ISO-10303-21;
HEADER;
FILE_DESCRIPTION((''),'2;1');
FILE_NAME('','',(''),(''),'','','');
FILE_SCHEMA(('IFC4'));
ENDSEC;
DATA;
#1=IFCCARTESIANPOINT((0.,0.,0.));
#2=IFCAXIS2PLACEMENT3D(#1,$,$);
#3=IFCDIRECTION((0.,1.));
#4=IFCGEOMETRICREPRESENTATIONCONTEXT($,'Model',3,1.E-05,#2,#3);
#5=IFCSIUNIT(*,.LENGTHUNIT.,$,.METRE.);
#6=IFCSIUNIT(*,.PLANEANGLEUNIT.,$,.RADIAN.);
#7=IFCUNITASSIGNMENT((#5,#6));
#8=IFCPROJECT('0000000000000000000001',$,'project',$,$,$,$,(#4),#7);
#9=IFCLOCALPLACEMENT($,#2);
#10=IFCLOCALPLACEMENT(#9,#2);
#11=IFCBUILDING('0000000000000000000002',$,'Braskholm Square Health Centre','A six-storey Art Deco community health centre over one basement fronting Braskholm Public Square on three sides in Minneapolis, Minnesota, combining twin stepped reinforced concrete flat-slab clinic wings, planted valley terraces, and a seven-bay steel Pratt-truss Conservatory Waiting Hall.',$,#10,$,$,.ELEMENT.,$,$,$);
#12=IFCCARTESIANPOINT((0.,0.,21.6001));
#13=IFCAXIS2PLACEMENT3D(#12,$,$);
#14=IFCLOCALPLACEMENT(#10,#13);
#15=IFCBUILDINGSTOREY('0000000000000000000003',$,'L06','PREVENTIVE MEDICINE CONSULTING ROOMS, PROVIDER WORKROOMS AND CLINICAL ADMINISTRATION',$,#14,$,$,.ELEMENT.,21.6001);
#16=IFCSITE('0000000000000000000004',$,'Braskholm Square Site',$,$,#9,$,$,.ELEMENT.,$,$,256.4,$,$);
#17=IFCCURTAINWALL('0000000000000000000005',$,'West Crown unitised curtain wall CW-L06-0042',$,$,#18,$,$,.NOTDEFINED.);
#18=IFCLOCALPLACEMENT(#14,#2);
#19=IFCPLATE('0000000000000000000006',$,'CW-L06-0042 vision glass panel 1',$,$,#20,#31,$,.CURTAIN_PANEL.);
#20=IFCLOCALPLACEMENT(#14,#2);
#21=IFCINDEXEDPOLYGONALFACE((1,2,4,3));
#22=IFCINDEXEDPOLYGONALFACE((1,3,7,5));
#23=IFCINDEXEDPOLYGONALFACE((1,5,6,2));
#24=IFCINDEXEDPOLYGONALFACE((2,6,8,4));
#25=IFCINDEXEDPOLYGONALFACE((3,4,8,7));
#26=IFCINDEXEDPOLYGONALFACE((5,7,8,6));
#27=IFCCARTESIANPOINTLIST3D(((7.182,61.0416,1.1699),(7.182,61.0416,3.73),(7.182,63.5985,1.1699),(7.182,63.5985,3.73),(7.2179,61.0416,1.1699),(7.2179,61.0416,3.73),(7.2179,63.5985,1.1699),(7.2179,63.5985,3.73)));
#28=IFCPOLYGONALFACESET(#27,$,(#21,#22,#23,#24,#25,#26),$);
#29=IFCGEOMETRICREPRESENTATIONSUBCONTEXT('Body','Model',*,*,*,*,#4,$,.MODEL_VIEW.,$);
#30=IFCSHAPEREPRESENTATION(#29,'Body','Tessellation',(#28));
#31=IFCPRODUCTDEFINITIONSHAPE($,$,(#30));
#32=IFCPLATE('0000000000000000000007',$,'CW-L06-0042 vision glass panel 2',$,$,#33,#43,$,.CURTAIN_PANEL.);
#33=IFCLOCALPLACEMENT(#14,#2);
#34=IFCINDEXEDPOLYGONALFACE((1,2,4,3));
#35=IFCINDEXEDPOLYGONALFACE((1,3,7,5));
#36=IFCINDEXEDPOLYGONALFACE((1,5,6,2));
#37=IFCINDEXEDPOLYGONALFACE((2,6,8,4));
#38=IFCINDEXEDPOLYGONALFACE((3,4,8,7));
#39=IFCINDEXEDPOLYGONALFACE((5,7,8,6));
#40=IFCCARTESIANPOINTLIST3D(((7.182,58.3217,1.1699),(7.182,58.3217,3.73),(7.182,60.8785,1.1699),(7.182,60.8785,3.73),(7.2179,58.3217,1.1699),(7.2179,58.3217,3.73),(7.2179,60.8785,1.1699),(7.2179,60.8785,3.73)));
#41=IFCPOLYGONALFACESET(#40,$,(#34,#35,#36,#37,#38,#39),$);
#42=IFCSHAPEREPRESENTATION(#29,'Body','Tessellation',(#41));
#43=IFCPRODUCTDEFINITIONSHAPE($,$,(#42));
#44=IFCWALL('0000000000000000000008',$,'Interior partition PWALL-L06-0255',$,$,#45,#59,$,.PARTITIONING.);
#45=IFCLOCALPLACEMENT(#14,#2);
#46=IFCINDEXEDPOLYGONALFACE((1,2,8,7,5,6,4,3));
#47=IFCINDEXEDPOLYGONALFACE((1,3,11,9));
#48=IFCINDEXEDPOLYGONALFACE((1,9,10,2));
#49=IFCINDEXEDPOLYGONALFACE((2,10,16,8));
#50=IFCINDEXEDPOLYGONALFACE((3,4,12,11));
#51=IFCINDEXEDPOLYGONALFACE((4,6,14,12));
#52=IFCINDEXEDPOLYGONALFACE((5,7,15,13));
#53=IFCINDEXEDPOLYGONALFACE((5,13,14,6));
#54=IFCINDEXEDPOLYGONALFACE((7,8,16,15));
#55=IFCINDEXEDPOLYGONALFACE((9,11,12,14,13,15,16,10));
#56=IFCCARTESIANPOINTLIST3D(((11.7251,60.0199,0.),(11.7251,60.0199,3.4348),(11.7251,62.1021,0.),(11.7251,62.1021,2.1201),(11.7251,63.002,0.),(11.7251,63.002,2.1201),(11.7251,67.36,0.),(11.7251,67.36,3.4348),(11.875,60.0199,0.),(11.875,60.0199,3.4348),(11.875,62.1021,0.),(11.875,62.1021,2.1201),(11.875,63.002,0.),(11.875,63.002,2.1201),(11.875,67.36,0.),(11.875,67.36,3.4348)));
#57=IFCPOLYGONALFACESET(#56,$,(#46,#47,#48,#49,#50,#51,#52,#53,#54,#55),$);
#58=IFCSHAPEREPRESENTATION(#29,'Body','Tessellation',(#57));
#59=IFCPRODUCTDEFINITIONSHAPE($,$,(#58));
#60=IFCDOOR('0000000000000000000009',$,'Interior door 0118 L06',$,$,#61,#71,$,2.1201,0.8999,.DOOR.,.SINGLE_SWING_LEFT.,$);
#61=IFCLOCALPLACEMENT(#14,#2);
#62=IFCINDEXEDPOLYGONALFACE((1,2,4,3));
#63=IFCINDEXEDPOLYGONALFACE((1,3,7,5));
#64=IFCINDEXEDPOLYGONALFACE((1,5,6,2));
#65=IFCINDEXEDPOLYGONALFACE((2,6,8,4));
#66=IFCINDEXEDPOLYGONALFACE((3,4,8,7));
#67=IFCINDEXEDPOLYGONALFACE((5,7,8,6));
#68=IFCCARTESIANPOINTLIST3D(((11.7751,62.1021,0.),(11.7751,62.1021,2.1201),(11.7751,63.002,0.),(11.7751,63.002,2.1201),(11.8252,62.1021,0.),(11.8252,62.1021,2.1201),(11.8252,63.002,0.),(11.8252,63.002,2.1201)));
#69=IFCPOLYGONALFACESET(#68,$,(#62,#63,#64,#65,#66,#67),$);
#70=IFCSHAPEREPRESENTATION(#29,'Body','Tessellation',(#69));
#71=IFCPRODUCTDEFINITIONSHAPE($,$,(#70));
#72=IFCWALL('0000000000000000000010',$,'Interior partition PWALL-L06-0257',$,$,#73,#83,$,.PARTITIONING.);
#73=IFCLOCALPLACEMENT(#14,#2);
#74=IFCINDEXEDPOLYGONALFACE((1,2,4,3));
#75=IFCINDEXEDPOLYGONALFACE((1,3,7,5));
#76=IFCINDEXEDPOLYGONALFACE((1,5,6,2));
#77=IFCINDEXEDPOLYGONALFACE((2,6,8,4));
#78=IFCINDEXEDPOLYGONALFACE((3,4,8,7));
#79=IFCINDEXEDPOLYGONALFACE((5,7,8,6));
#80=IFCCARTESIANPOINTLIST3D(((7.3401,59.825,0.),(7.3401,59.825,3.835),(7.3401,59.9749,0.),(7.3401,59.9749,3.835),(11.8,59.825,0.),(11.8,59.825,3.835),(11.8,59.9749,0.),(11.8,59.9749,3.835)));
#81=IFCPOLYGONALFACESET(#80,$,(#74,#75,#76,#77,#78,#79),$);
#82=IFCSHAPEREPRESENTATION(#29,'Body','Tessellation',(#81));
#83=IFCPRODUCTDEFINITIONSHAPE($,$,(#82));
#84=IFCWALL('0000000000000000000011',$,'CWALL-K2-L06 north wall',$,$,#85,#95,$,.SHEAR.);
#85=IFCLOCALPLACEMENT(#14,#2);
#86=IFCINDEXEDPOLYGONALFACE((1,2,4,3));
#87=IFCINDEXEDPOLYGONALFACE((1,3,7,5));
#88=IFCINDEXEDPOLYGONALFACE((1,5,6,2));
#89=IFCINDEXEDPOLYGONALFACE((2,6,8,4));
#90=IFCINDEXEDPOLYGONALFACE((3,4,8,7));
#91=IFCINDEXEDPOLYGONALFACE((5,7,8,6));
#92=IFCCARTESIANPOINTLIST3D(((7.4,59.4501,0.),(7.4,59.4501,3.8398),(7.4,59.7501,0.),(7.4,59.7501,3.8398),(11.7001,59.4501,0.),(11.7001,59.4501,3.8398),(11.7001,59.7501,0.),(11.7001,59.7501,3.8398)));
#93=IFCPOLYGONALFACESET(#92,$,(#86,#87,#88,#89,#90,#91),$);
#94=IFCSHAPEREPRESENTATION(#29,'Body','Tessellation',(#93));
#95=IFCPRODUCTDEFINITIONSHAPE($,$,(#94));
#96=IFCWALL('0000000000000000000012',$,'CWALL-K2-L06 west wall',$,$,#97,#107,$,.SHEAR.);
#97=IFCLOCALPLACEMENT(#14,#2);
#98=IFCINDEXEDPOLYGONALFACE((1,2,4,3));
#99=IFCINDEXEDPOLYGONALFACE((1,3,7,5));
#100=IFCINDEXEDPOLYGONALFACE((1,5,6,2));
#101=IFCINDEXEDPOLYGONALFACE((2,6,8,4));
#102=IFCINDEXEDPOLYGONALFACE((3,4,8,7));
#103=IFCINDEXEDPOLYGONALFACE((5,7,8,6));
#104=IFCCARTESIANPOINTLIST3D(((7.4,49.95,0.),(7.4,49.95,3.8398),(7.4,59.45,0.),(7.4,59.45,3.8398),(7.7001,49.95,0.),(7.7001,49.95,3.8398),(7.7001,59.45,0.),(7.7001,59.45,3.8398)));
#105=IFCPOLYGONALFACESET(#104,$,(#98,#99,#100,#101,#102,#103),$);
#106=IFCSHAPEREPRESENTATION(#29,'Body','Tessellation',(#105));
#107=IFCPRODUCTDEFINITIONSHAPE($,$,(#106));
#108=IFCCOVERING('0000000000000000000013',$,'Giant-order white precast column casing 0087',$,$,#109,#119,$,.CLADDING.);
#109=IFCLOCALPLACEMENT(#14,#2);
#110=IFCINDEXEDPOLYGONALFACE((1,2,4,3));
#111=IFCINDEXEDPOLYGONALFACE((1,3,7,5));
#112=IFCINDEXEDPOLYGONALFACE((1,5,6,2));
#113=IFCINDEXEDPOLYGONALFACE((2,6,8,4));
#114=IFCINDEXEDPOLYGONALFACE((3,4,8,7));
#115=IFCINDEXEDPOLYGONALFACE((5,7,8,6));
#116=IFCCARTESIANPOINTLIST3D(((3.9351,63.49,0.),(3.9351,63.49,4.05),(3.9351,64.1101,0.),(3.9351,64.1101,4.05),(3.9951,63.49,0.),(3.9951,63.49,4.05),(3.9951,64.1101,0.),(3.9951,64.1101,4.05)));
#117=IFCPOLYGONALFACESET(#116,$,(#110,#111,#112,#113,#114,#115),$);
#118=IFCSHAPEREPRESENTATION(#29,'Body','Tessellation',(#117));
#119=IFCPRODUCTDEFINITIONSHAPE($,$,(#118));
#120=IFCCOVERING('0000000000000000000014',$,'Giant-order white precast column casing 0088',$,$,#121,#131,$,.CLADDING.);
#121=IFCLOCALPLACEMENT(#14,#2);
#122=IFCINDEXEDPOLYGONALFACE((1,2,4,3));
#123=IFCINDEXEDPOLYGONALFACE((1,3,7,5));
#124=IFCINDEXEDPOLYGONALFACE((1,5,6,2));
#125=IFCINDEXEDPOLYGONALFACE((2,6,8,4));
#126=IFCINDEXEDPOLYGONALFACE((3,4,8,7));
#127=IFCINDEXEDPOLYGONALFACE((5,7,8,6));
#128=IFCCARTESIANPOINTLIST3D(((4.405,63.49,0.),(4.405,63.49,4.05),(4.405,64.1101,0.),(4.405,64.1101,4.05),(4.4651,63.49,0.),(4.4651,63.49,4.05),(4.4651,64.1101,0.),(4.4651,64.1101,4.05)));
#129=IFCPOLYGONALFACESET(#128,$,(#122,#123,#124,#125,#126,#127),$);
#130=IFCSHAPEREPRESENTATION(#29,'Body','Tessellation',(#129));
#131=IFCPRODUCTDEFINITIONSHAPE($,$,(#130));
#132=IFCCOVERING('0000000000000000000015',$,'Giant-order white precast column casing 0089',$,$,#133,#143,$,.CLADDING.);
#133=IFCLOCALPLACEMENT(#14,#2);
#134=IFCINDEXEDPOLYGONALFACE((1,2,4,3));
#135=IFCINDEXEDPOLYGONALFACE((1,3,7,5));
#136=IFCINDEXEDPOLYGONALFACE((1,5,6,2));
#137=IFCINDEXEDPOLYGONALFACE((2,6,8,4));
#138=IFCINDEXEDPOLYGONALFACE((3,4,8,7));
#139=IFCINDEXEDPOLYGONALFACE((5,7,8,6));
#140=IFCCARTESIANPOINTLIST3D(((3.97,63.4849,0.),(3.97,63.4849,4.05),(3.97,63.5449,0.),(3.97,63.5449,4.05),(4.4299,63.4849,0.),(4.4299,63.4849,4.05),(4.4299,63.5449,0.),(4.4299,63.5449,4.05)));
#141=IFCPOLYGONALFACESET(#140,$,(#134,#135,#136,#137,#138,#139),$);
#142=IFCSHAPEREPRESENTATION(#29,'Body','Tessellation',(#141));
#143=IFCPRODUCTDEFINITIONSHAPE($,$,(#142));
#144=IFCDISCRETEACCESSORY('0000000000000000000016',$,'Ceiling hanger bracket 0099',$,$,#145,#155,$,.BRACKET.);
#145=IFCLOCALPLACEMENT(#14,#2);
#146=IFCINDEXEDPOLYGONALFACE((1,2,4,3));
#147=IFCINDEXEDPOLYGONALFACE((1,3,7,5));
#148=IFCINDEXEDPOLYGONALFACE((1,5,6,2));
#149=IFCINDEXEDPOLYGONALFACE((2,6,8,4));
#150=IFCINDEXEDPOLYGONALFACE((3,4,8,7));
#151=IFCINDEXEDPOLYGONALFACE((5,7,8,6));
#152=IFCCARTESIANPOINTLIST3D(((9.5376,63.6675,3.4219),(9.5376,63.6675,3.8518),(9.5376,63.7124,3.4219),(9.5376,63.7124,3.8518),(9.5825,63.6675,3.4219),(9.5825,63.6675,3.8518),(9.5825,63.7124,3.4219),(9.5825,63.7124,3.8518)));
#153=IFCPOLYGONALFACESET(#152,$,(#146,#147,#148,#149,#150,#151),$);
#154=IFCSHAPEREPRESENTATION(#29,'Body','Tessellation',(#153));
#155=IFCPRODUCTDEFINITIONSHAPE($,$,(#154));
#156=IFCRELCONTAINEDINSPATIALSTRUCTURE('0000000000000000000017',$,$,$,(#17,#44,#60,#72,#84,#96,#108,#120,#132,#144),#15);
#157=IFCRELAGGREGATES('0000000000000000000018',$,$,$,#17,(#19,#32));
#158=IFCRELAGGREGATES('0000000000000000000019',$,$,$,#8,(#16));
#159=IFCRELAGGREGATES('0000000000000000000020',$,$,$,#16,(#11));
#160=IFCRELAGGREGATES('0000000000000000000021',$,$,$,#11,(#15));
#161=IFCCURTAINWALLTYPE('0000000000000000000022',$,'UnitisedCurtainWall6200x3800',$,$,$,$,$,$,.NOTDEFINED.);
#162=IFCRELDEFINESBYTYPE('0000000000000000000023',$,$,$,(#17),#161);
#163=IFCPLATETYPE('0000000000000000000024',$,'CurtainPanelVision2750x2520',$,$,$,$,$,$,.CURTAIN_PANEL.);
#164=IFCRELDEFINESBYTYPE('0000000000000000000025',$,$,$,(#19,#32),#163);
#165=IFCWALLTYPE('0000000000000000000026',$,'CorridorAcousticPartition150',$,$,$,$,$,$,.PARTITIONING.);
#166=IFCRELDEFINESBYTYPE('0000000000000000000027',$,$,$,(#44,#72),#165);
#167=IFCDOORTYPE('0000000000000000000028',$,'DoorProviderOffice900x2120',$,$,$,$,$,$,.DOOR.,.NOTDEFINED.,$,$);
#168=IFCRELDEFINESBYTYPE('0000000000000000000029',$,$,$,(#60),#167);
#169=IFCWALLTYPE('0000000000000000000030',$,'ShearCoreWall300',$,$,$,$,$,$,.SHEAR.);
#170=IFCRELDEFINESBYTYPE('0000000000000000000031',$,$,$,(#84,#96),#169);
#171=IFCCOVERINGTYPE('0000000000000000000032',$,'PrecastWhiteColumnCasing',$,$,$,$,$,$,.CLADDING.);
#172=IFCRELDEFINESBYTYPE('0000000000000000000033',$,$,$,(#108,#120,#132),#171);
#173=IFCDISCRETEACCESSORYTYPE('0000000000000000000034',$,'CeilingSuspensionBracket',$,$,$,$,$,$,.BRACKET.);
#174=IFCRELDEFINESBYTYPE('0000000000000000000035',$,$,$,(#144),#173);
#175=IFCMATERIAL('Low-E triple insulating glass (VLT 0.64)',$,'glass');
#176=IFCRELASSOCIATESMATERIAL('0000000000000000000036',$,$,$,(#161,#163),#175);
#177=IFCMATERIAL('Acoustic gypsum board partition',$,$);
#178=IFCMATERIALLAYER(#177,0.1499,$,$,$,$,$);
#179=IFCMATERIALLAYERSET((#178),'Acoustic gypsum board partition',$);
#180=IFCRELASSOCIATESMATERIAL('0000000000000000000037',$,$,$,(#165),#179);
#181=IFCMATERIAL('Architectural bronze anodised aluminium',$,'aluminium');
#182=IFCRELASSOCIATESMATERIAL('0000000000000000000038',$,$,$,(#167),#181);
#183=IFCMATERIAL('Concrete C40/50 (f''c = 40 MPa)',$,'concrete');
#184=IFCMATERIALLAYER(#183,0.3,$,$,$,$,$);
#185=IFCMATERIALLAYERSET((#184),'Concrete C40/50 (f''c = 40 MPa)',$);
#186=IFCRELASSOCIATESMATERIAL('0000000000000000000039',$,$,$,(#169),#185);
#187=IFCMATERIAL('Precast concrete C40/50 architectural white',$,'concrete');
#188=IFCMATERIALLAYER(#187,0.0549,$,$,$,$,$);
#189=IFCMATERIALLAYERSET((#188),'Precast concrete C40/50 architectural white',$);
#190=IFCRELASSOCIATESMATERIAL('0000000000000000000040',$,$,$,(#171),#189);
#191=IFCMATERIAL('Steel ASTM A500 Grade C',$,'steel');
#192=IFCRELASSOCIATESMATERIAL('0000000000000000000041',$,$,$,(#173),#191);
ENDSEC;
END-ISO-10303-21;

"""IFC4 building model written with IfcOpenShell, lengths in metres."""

from ifc_helpers import new_model, si_unit, direction, frame, frame_2d, origin, origin_with_axes, origin_2d, place, context, subcontext, project, spatial, rectangle, extrude, material, layer, layer_set, type_object, element, fill, aggregate, save


model = new_model("IFC4")

# Units and contexts
model_context = context("Model", 3, precision=1e-05, world=origin(), true_north=direction((0.0, 1.0)))
body_context = subcontext(model_context, "Body", "Model", "MODEL_VIEW")
ifc_project = project(units=[si_unit("LENGTHUNIT", "METRE"), si_unit("PLANEANGLEUNIT", "RADIAN")], contexts=[model_context])

# Site, building, storey
site_placement = place(None, origin())
site = spatial("IfcSite", under=ifc_project, at=site_placement, Name="Braskholm Square Site", CompositionType="ELEMENT", RefElevation=256.4)
building_placement = place(site_placement, origin())
building = spatial("IfcBuilding", under=site, at=building_placement, Name="Braskholm Square Health Centre", Description="A six-storey Art Deco community health centre over one basement fronting Braskholm Public Square on three sides in Minneapolis, Minnesota, combining twin stepped reinforced concrete flat-slab clinic wings, planted valley terraces, and a seven-bay steel Pratt-truss Conservatory Waiting Hall.", CompositionType="ELEMENT")
storey_placement = place(building_placement, frame((0.0, 0.0, 21.6001)))
storey = spatial("IfcBuildingStorey", under=building, at=storey_placement, Name="L06", Description="PREVENTIVE MEDICINE CONSULTING ROOMS, PROVIDER WORKROOMS AND CLINICAL ADMINISTRATION", CompositionType="ELEMENT", Elevation=21.6001)

# Shared definitions
ifc_material_1 = material(Name="Concrete C40/50 (f'c = 40 MPa)", Category="concrete")
ifc_material_2 = material(Name="Precast concrete C40/50 architectural white", Category="concrete")

# Curtain wall
ifc_material_3 = material(Name="Low-E triple insulating glass (VLT 0.64)", Category="glass")
curtain_wall_type = type_object("IfcCurtainWallType", Name="UnitisedCurtainWall6200x3800", PredefinedType="NOTDEFINED", material=ifc_material_3)
curtain_wall_placement = place(storey_placement, origin())
curtain_wall = element("IfcCurtainWall", 1, at=curtain_wall_placement, inside=storey, type_object=curtain_wall_type, Name="West Crown unitised curtain wall CW-L06-0042", PredefinedType="NOTDEFINED")
ifc_material_4 = material(Name="Architectural bronze anodised aluminium", Category="aluminium")

# Plates
plate_type_1 = type_object("IfcPlateType", Name="CurtainPanelVision2750x2520", PredefinedType="CURTAIN_PANEL", material=ifc_material_3)
plate_1_placement = place(storey_placement, frame((7.2, 62.3201, 1.1699), z_axis=(0.0, 0.0, 1.0), x_axis=(0.0, -1.0, 0.0)))
plate_1 = element("IfcPlate", 2, at=plate_1_placement, type_object=plate_type_1, Name="CW-L06-0042 vision glass panel 1", PredefinedType="CURTAIN_PANEL", context=body_context, shape_type="SweptSolid", body=[
    extrude(rectangle(XDim=2.5569, YDim=0.0359, at=origin_2d()), origin(), (0.0, 0.0, 1.0), 2.5601),
])
plate_2_placement = place(storey_placement, frame((7.2, 59.6001, 1.1699), z_axis=(0.0, 0.0, 1.0), x_axis=(0.0, -1.0, 0.0)))
plate_2 = element("IfcPlate", 3, at=plate_2_placement, type_object=plate_type_1, Name="CW-L06-0042 vision glass panel 2", PredefinedType="CURTAIN_PANEL", context=body_context, shape_type="SweptSolid", body=[
    extrude(rectangle(XDim=2.5569, YDim=0.0359, at=origin_2d()), origin(), (0.0, 0.0, 1.0), 2.5601),
])
aggregate(curtain_wall, [plate_1, plate_2])

# Wall, opening, door
ifc_material_5 = material(Name="Acoustic gypsum board partition")
ifc_layer_1 = layer(ifc_material_5, 0.1499)
ifc_layer_set_1 = layer_set([ifc_layer_1], Name="Acoustic gypsum board partition")
wall_type_1 = type_object("IfcWallType", Name="CorridorAcousticPartition150", PredefinedType="PARTITIONING", material=ifc_layer_set_1)
wall_1_placement = place(storey_placement, frame((11.8, 60.02, 0.0), z_axis=(0.0, 0.0, 1.0), x_axis=(0.0, 1.0, 0.0)))
wall_1 = element("IfcWall", 4, at=wall_1_placement, inside=storey, type_object=wall_type_1, Name="Interior partition PWALL-L06-0255", PredefinedType="PARTITIONING", context=body_context, shape_type="SweptSolid", body=[
    extrude(rectangle(XDim=7.3401, YDim=0.1499, at=frame_2d((3.6699, 0.0))), origin(), (0.0, 0.0, 1.0), 3.4348),
])
opening_placement = place(wall_1_placement, frame((2.082, 0.0, 0.0)))
opening = element("IfcOpeningElement", 5, at=opening_placement, cuts=wall_1, PredefinedType="OPENING", context=body_context, shape_type="SweptSolid", body=[
    extrude(rectangle(XDim=0.8999, YDim=2.1201, at=frame_2d((0.45, 1.0601))), frame((0.0, 0.085, 0.0), z_axis=(0.0, -1.0, 0.0), x_axis=(1.0, 0.0, 0.0)), (0.0, 0.0, 1.0), 0.1699),
])
door_type = type_object("IfcDoorType", Name="DoorProviderOffice900x2120", OperationType="NOTDEFINED", PredefinedType="DOOR", material=ifc_material_4)
door_placement = place(opening_placement, origin_with_axes())
door = element("IfcDoor", 6, at=door_placement, inside=storey, type_object=door_type, Name="Interior door 0118 L06", OperationType="SINGLE_SWING_LEFT", OverallHeight=2.1201, OverallWidth=0.8999, PredefinedType="DOOR", context=body_context, shape_type="SweptSolid", body=[
    extrude(rectangle(XDim=0.8999, YDim=2.1201, at=frame_2d((0.45, 1.0601))), frame((0.0, 0.0249, 0.0), z_axis=(0.0, -1.0, 0.0), x_axis=(1.0, 0.0, 0.0)), (0.0, 0.0, 1.0), 0.05),
])
fill(opening, door)

# Walls
wall_2_placement = place(storey_placement, frame((7.3401, 59.8999, 0.0), z_axis=(0.0, 0.0, 1.0), x_axis=(1.0, 0.0, 0.0)))
element("IfcWall", 7, at=wall_2_placement, inside=storey, type_object=wall_type_1, Name="Interior partition PWALL-L06-0257", PredefinedType="PARTITIONING", context=body_context, shape_type="SweptSolid", body=[
    extrude(rectangle(XDim=4.46, YDim=0.1499, at=frame_2d((2.23, 0.0))), origin(), (0.0, 0.0, 1.0), 3.835),
])
ifc_layer_2 = layer(ifc_material_1, 0.3)
ifc_layer_set_2 = layer_set([ifc_layer_2], Name="Concrete C40/50 (f'c = 40 MPa)")
wall_type_2 = type_object("IfcWallType", Name="ShearCoreWall300", PredefinedType="SHEAR", material=ifc_layer_set_2)
wall_3_placement = place(storey_placement, frame((11.7, 59.6001, 0.0), z_axis=(0.0, 0.0, 1.0), x_axis=(-1.0, 0.0, 0.0)))
element("IfcWall", 8, at=wall_3_placement, inside=storey, type_object=wall_type_2, Name="CWALL-K2-L06 north wall", PredefinedType="SHEAR", context=body_context, shape_type="SweptSolid", body=[
    extrude(rectangle(XDim=4.3, YDim=0.3, at=frame_2d((2.1499, 0.0))), origin(), (0.0, 0.0, 1.0), 3.8398),
])
wall_4_placement = place(storey_placement, frame((7.55, 59.45, 0.0), z_axis=(0.0, 0.0, 1.0), x_axis=(0.0, -1.0, 0.0)))
element("IfcWall", 9, at=wall_4_placement, inside=storey, type_object=wall_type_2, Name="CWALL-K2-L06 west wall", PredefinedType="SHEAR", context=body_context, shape_type="SweptSolid", body=[
    extrude(rectangle(XDim=9.5, YDim=0.3, at=frame_2d((4.75, 0.0))), origin(), (0.0, 0.0, 1.0), 3.8398),
])

# Coverings
ifc_layer_3 = layer(ifc_material_2, 0.0549)
ifc_layer_set_3 = layer_set([ifc_layer_3], Name="Precast concrete C40/50 architectural white")
covering_type = type_object("IfcCoveringType", Name="PrecastWhiteColumnCasing", PredefinedType="CLADDING", material=ifc_layer_set_3)
for number, where, z_axis, x_axis, name in (
    (10, (3.9651, 63.8, 0.0), (0.0, 0.0, 1.0), (1.0, 0.0, 0.0), "Giant-order white precast column casing 0087"),
    (11, (4.4351, 63.8, 0.0), (0.0, 0.0, 1.0), (1.0, 0.0, 0.0), "Giant-order white precast column casing 0088"),
):
    element("IfcCovering", number, at=place(storey_placement, frame(where, z_axis=z_axis, x_axis=x_axis)), inside=storey, type_object=covering_type, Name=name, PredefinedType="CLADDING", context=body_context, shape_type="SweptSolid", body=[
        extrude(rectangle(XDim=0.0601, YDim=0.6201, at=origin_2d()), origin(), (0.0, 0.0, 1.0), 4.05),
    ])
covering_placement = place(storey_placement, frame((4.2, 63.5149, 0.0), z_axis=(0.0, 0.0, 1.0), x_axis=(1.0, 0.0, 0.0)))
element("IfcCovering", 12, at=covering_placement, inside=storey, type_object=covering_type, Name="Giant-order white precast column casing 0089", PredefinedType="CLADDING", context=body_context, shape_type="SweptSolid", body=[
    extrude(rectangle(XDim=0.46, YDim=0.0601, at=origin_2d()), origin(), (0.0, 0.0, 1.0), 4.05),
])

# Discrete accessory
ifc_material_6 = material(Name="Steel ASTM A500 Grade C", Category="steel")
discrete_accessory_type = type_object("IfcDiscreteAccessoryType", Name="CeilingSuspensionBracket", PredefinedType="BRACKET", material=ifc_material_6)
discrete_accessory_placement = place(storey_placement, frame((9.5601, 63.6899, 3.4219), z_axis=(0.0, 0.0, 1.0), x_axis=(1.0, 0.0, 0.0)))
element("IfcDiscreteAccessory", 13, at=discrete_accessory_placement, inside=storey, type_object=discrete_accessory_type, Name="Ceiling hanger bracket 0099", PredefinedType="BRACKET", context=body_context, shape_type="SweptSolid", body=[
    extrude(rectangle(XDim=0.0449, YDim=0.0449, at=origin_2d()), origin(), (0.0, 0.0, 1.0), 0.4299),
])

save(model, "model.ifc")
